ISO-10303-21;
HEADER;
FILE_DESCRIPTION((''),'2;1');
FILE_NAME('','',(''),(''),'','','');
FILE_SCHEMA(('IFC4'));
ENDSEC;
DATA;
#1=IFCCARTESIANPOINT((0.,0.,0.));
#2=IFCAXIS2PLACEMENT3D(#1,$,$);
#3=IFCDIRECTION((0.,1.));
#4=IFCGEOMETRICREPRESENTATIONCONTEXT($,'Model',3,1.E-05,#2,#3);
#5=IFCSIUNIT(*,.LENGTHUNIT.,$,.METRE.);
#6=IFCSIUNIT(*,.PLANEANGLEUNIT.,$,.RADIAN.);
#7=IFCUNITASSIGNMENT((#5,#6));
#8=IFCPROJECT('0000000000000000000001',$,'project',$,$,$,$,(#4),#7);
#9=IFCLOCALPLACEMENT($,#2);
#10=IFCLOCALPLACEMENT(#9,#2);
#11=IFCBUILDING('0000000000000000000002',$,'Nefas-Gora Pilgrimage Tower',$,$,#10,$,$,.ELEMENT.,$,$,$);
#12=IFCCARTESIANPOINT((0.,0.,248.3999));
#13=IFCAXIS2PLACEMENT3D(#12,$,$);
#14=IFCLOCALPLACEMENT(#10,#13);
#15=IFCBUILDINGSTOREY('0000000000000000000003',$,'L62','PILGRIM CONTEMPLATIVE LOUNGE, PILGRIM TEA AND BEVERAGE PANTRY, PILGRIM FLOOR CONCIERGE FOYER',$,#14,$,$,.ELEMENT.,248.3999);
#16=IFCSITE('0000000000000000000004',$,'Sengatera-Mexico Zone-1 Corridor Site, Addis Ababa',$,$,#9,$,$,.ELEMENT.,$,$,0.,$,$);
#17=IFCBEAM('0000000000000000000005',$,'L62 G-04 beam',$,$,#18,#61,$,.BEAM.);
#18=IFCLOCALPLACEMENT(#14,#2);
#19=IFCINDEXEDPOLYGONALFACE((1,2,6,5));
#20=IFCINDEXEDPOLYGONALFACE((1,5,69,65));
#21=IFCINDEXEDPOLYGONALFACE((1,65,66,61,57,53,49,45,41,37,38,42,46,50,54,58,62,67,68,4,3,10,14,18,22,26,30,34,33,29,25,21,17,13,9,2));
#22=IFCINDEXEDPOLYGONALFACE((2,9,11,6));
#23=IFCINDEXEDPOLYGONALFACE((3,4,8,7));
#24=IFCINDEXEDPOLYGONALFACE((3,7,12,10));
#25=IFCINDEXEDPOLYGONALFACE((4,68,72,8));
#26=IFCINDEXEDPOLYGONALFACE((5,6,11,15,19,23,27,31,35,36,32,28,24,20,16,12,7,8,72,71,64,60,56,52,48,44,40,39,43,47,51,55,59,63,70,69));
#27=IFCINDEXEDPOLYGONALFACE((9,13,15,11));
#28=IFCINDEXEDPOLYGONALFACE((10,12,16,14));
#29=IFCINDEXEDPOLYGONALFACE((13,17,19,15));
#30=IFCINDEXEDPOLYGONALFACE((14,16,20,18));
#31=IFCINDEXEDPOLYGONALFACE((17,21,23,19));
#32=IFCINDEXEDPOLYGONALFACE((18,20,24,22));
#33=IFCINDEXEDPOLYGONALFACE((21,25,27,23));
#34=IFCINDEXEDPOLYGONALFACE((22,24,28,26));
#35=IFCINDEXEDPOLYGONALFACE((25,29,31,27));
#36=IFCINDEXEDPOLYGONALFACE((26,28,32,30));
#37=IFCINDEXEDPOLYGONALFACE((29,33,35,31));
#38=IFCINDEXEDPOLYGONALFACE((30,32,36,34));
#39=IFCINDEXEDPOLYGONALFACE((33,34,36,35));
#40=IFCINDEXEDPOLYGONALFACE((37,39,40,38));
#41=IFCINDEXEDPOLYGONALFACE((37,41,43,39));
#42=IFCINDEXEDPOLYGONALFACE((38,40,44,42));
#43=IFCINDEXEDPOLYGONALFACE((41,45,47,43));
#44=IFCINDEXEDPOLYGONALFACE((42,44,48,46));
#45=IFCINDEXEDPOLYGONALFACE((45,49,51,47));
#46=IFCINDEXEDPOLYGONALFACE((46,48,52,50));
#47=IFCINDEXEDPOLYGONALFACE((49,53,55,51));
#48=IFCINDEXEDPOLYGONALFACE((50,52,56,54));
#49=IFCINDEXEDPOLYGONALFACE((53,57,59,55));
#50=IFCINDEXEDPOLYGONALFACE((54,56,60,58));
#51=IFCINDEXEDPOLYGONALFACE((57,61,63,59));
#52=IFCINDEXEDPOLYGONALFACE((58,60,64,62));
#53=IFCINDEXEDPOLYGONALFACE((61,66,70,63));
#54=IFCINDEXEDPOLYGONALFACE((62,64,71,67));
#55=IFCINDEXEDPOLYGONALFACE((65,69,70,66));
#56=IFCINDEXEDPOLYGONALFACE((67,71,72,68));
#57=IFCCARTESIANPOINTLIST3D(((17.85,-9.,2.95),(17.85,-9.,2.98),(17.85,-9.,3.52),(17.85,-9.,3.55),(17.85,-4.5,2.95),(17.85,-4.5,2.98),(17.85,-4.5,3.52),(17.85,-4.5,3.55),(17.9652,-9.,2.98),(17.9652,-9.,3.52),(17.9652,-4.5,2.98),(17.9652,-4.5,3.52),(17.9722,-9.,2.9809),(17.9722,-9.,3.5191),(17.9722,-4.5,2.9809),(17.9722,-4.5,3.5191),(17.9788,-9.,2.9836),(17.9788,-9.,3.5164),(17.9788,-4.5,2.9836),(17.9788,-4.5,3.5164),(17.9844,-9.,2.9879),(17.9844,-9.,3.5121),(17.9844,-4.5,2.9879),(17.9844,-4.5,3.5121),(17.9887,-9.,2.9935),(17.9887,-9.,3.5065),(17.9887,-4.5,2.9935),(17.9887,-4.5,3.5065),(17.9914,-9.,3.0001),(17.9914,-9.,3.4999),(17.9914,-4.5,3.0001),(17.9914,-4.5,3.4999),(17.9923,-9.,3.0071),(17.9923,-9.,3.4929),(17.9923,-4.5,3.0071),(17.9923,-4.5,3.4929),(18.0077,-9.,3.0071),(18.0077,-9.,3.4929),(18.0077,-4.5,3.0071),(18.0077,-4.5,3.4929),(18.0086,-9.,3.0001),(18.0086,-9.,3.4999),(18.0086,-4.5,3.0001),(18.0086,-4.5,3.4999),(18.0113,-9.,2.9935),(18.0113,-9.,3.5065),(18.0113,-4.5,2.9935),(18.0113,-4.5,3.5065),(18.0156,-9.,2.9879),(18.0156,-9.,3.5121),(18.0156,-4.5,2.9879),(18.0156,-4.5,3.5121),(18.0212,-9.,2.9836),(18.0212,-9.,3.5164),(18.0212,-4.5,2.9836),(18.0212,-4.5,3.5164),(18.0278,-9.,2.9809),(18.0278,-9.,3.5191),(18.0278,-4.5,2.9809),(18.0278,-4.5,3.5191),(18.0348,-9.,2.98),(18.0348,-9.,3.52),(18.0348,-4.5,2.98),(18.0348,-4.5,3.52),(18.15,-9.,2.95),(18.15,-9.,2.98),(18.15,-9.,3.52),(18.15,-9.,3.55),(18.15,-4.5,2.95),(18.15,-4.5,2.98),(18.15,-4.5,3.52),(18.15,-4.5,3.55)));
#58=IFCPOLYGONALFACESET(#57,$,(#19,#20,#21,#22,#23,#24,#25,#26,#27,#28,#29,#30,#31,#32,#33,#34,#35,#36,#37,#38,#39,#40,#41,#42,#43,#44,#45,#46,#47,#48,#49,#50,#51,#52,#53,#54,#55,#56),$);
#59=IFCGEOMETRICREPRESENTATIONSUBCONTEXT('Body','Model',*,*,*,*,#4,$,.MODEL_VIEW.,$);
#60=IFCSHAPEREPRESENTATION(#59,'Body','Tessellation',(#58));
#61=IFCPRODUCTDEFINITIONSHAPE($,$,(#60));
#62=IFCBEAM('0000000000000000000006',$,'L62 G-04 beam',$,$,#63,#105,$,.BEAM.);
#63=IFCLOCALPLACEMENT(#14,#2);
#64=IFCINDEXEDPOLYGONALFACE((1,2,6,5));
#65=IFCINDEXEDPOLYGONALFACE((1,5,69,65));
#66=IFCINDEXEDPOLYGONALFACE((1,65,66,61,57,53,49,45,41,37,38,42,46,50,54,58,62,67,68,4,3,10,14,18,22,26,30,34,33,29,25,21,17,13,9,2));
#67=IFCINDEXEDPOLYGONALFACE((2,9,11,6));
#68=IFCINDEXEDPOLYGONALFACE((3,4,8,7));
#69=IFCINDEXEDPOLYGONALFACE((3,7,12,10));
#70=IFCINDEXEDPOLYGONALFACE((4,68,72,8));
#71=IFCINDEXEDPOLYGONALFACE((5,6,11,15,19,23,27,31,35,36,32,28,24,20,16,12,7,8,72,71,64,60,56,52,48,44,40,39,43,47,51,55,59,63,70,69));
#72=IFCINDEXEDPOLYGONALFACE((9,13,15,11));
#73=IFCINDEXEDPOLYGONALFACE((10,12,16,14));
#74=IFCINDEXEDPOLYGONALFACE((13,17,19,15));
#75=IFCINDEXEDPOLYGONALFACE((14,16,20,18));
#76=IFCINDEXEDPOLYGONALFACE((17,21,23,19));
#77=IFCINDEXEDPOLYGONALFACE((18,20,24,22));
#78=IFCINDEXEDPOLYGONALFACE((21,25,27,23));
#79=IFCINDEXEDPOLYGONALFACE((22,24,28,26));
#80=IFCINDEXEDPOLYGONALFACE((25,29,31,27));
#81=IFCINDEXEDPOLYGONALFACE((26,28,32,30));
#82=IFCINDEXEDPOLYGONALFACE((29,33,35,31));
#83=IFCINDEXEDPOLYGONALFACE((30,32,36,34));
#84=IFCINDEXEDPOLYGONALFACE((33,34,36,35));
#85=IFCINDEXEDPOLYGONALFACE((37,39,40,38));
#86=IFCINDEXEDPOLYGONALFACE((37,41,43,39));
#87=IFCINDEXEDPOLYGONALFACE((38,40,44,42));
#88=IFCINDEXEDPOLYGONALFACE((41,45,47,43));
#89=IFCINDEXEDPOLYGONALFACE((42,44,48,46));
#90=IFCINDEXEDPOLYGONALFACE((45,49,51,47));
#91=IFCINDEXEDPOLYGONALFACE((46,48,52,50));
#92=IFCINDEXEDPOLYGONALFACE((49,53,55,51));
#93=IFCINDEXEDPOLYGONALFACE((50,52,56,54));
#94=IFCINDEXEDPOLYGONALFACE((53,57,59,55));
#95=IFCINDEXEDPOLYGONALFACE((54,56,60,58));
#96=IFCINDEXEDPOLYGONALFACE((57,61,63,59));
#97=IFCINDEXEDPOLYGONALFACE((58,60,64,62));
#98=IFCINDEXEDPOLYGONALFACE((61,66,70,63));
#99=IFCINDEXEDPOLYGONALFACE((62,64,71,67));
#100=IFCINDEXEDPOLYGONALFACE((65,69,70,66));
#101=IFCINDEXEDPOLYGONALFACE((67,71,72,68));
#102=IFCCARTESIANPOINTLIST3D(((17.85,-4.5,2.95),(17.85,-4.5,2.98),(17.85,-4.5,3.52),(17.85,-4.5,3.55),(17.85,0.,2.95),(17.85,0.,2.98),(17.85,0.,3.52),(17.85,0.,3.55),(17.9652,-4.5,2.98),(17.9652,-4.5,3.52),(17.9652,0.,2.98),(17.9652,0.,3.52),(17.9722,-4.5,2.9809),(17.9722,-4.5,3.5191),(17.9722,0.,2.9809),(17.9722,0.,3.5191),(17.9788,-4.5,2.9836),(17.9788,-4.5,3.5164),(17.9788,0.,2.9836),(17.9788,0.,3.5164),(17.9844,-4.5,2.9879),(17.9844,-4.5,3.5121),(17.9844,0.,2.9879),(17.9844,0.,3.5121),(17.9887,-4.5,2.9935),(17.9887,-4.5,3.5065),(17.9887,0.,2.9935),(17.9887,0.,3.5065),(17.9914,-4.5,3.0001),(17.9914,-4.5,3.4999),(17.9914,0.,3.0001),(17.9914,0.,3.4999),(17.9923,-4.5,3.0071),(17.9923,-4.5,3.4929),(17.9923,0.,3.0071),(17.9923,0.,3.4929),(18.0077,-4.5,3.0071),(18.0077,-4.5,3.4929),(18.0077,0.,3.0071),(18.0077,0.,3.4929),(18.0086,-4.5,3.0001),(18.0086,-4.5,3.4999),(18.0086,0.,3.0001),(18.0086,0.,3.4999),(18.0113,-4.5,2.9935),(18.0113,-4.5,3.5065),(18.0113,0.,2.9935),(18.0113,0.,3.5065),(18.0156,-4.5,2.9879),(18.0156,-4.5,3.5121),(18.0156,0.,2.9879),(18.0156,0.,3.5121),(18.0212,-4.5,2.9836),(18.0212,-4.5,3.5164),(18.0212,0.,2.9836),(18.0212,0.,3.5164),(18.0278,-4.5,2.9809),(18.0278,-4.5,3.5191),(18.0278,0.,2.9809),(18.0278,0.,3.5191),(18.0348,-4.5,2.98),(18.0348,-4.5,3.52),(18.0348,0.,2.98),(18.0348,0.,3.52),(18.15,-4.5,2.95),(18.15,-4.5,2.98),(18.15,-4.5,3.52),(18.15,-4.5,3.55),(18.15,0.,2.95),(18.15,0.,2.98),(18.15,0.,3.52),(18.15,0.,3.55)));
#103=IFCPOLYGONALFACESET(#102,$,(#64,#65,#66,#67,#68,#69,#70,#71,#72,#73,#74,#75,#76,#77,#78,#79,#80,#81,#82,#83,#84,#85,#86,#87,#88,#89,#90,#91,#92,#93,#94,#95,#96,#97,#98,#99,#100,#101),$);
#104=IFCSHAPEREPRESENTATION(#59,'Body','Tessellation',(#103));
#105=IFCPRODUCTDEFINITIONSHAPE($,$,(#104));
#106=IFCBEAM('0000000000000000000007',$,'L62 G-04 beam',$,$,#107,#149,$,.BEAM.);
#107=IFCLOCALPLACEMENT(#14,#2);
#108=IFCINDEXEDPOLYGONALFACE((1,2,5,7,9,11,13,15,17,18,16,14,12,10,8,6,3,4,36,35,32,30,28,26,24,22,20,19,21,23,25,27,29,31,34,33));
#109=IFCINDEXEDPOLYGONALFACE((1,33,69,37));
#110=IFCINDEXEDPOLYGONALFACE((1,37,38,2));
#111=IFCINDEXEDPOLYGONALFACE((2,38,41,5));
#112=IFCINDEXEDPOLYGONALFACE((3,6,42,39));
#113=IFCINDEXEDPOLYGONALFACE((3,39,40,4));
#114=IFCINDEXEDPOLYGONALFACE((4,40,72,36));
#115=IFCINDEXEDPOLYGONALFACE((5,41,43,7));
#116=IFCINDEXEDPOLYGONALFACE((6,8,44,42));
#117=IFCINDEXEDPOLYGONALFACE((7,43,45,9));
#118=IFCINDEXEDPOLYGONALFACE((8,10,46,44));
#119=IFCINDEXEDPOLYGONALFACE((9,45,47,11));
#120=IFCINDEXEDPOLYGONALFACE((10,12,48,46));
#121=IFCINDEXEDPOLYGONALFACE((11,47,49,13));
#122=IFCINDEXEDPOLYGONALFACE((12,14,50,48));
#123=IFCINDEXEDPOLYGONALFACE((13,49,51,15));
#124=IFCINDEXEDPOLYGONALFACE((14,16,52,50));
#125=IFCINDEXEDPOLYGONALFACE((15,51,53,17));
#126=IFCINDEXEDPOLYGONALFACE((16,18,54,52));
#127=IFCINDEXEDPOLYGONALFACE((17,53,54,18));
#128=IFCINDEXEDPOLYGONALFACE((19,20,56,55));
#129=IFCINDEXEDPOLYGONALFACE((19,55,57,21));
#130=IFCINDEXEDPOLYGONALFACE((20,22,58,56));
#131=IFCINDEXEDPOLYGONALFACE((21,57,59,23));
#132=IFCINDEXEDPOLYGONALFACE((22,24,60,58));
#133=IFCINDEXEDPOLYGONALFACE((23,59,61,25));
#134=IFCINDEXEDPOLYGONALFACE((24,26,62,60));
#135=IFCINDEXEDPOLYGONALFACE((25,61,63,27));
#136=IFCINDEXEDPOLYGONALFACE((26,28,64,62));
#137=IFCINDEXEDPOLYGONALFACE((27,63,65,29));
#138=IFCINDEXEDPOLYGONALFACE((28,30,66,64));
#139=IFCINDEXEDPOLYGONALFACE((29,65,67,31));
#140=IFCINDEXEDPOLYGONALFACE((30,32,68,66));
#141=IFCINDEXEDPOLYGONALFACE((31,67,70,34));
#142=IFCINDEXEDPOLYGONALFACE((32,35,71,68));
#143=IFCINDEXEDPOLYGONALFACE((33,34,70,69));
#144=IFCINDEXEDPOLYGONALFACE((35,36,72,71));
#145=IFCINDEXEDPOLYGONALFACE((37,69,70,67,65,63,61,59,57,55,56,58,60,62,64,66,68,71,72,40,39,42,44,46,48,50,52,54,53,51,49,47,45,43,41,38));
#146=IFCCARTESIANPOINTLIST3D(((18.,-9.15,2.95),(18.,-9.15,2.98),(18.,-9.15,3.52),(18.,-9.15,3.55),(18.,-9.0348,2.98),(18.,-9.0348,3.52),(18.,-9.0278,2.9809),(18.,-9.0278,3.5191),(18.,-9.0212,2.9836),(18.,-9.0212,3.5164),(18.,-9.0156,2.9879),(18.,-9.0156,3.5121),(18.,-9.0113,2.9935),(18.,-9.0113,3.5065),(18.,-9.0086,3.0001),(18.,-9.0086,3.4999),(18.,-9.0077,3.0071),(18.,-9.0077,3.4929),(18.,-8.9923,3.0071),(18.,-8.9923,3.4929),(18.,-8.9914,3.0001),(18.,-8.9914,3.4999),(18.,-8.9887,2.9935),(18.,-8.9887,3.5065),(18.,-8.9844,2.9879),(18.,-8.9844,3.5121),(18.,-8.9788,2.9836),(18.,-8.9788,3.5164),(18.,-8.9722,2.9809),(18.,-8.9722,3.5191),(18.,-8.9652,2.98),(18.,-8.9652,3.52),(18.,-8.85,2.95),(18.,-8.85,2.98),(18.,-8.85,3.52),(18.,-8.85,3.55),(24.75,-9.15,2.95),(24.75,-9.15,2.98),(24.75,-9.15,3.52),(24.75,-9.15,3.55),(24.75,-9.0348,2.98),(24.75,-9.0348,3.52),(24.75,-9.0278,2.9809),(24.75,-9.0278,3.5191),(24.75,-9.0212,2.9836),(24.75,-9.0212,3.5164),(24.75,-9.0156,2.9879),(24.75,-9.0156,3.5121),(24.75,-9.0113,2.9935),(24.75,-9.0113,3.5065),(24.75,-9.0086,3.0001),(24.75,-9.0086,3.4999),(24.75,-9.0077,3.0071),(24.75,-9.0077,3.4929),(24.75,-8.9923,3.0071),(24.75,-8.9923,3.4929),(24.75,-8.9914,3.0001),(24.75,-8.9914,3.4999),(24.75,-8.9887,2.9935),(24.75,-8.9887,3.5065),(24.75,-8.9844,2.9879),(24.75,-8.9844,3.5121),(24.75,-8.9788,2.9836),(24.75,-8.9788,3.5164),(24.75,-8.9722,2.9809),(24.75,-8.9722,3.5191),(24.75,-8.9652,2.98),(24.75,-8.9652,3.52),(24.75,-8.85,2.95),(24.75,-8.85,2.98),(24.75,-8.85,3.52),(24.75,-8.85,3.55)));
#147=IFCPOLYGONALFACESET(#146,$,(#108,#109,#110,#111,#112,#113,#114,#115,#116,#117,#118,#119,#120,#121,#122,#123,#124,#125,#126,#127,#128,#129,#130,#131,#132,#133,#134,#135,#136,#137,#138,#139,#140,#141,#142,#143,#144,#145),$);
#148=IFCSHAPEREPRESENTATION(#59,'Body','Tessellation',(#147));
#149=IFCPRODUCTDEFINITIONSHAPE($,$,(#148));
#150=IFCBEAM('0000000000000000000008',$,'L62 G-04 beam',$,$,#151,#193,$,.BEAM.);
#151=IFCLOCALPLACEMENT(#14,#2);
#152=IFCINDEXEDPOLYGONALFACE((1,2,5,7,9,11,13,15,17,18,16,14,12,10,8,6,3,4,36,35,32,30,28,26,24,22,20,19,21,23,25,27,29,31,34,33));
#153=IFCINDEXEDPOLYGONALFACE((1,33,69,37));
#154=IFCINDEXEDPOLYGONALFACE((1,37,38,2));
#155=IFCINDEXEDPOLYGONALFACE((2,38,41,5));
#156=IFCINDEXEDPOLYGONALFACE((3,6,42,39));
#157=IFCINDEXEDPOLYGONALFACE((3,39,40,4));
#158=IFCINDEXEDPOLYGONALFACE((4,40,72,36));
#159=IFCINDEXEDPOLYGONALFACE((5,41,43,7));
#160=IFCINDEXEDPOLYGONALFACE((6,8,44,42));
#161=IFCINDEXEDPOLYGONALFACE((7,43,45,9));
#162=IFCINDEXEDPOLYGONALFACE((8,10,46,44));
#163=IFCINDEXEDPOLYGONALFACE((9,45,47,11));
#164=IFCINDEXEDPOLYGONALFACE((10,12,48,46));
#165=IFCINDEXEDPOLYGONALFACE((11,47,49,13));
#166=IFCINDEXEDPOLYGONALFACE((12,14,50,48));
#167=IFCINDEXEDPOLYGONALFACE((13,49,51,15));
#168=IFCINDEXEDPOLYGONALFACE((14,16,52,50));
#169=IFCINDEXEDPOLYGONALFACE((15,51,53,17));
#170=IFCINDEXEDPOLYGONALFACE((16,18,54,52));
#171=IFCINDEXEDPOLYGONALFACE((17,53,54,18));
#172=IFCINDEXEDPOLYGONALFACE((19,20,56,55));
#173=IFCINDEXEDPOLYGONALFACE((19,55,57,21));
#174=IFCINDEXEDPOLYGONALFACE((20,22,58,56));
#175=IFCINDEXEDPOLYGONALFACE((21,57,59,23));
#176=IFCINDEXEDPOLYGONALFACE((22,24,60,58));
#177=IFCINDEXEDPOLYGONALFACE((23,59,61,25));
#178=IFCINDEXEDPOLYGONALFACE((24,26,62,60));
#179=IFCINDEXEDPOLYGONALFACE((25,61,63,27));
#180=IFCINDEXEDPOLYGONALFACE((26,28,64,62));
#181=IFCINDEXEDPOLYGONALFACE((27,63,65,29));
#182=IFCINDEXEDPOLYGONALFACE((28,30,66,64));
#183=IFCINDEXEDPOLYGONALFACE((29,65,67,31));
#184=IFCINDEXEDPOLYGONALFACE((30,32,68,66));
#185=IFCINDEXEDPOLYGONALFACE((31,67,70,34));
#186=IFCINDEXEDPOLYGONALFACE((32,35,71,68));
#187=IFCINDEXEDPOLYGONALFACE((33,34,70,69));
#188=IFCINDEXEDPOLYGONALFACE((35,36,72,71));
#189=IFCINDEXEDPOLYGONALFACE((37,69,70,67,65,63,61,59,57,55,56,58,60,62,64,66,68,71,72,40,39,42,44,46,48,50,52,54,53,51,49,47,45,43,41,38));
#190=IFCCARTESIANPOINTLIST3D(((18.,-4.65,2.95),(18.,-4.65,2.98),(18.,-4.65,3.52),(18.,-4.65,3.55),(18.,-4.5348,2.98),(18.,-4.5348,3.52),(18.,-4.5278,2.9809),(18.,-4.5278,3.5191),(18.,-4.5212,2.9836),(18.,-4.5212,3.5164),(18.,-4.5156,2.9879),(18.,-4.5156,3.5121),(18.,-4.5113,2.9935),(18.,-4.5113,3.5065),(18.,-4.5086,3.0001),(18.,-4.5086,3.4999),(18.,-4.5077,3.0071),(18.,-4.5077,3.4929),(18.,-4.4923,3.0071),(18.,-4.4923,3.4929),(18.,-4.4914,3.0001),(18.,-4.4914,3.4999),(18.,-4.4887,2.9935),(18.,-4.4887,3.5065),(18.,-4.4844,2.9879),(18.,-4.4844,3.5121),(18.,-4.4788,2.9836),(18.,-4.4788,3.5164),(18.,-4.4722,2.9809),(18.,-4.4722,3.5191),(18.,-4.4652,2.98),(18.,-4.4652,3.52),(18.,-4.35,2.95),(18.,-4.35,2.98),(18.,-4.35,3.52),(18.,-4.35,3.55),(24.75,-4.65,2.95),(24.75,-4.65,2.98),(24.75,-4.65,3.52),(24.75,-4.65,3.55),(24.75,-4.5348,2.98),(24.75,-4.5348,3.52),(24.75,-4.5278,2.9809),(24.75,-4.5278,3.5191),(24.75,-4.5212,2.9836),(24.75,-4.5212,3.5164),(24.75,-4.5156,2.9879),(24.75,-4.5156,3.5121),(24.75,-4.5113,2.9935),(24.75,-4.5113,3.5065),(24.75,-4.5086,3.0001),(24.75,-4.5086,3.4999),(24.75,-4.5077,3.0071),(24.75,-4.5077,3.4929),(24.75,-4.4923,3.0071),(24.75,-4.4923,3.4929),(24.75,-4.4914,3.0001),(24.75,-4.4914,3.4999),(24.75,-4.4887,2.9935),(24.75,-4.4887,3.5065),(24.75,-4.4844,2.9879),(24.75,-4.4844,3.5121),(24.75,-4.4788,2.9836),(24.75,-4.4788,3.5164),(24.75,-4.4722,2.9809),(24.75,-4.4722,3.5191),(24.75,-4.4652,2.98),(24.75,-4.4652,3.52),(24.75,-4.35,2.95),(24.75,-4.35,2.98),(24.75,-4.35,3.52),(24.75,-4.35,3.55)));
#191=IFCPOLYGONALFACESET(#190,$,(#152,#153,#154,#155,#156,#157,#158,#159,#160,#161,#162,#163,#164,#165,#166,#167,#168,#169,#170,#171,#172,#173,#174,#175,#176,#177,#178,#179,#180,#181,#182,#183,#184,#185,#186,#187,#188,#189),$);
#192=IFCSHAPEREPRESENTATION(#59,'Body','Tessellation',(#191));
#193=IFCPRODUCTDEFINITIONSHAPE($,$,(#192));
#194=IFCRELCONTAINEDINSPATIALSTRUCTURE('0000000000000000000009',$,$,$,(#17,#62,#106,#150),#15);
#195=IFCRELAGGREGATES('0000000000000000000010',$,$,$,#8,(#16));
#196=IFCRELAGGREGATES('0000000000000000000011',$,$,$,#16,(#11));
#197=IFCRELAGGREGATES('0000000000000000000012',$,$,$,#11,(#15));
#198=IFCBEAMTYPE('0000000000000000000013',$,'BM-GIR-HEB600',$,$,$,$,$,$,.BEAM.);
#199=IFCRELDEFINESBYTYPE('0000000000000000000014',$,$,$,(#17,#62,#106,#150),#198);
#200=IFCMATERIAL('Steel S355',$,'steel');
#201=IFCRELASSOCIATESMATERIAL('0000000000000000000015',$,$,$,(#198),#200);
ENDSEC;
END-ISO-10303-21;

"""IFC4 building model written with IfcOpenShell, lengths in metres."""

from ifc_helpers import new_model, si_unit, direction, frame, origin, origin_2d, place, context, subcontext, project, spatial, i_section, extrude, source, transform, mapped, material, material_profile, profile_set, type_object, element, save


model = new_model("IFC4")

# Units and contexts
model_context = context("Model", 3, precision=1e-05, world=origin(), true_north=direction((0.0, 1.0)))
body_context = subcontext(model_context, "Body", "Model", "MODEL_VIEW")
ifc_project = project(units=[si_unit("LENGTHUNIT", "METRE"), si_unit("PLANEANGLEUNIT", "RADIAN")], contexts=[model_context])

# Site, building, storey
site_placement = place(None, origin())
site = spatial("IfcSite", under=ifc_project, at=site_placement, Name="Sengatera-Mexico Zone-1 Corridor Site, Addis Ababa", CompositionType="ELEMENT", RefElevation=0.0)
building_placement = place(site_placement, origin())
building = spatial("IfcBuilding", under=site, at=building_placement, Name="Nefas-Gora Pilgrimage Tower", CompositionType="ELEMENT")
storey_placement = place(building_placement, frame((0.0, 0.0, 248.3999)))
storey = spatial("IfcBuildingStorey", under=building, at=storey_placement, Name="L62", Description="PILGRIM CONTEMPLATIVE LOUNGE, PILGRIM TEA AND BEVERAGE PANTRY, PILGRIM FLOOR CONCIERGE FOYER", CompositionType="ELEMENT", Elevation=248.3999)

# Beams
ifc_material_1 = material(Name="Steel S355", Category="steel")
ifc_material_profile_1 = material_profile(ifc_material_1, i_section(OverallWidth=0.3, OverallDepth=0.6001, WebThickness=0.0154, FlangeThickness=0.03, FilletRadius=0.0271, at=origin_2d()), Name="HEB 600")
ifc_profile_set_1 = profile_set([ifc_material_profile_1], Name="Steel S355")
beam_type_1 = type_object("IfcBeamType", Name="BM-GIR-HEB600", PredefinedType="BEAM", material=ifc_profile_set_1)
shared_shape_1 = source(origin(), body_context, "Body", "SweptSolid", [
    extrude(i_section(OverallWidth=0.3, OverallDepth=0.6001, WebThickness=0.0154, FlangeThickness=0.03, FilletRadius=0.0271, at=origin_2d()), origin(), (0.0, 0.0, 1.0), 4.5),
])
for number, where, z_axis, x_axis, name in (
    (1, (18.0, -9.0, 3.25), (0.0, 1.0, 0.0), (-1.0, 0.0, 0.0), "L62 G-04 beam"),
    (2, (18.0, -4.5, 3.25), (0.0, 1.0, 0.0), (-1.0, 0.0, 0.0), "L62 G-04 beam"),
):
    element("IfcBeam", number, at=place(storey_placement, frame(where, z_axis=z_axis, x_axis=x_axis)), inside=storey, type_object=beam_type_1, Name=name, PredefinedType="BEAM", context=body_context, shape_type="MappedRepresentation", body=[
        mapped(shared_shape_1, transform((0.0, 0.0, 0.0), x_axis=(1.0, 0.0, 0.0), y_axis=(0.0, 1.0, 0.0), z_axis=(0.0, 0.0, 1.0), scale=1.0)),
    ])
shared_shape_2 = source(origin(), body_context, "Body", "SweptSolid", [
    extrude(i_section(OverallWidth=0.3, OverallDepth=0.6001, WebThickness=0.0154, FlangeThickness=0.03, FilletRadius=0.0271, at=origin_2d()), origin(), (0.0, 0.0, 1.0), 6.75),
])
for number, where, z_axis, x_axis, name in (
    (3, (18.0, -9.0, 3.25), (1.0, 0.0, 0.0), (0.0, 1.0, 0.0), "L62 G-04 beam"),
    (4, (18.0, -4.5, 3.25), (1.0, 0.0, 0.0), (0.0, 1.0, 0.0), "L62 G-04 beam"),
):
    element("IfcBeam", number, at=place(storey_placement, frame(where, z_axis=z_axis, x_axis=x_axis)), inside=storey, type_object=beam_type_1, Name=name, PredefinedType="BEAM", context=body_context, shape_type="MappedRepresentation", body=[
        mapped(shared_shape_2, transform((0.0, 0.0, 0.0), x_axis=(1.0, 0.0, 0.0), y_axis=(0.0, 1.0, 0.0), z_axis=(0.0, 0.0, 1.0), scale=1.0)),
    ])

save(model, "model.ifc")
